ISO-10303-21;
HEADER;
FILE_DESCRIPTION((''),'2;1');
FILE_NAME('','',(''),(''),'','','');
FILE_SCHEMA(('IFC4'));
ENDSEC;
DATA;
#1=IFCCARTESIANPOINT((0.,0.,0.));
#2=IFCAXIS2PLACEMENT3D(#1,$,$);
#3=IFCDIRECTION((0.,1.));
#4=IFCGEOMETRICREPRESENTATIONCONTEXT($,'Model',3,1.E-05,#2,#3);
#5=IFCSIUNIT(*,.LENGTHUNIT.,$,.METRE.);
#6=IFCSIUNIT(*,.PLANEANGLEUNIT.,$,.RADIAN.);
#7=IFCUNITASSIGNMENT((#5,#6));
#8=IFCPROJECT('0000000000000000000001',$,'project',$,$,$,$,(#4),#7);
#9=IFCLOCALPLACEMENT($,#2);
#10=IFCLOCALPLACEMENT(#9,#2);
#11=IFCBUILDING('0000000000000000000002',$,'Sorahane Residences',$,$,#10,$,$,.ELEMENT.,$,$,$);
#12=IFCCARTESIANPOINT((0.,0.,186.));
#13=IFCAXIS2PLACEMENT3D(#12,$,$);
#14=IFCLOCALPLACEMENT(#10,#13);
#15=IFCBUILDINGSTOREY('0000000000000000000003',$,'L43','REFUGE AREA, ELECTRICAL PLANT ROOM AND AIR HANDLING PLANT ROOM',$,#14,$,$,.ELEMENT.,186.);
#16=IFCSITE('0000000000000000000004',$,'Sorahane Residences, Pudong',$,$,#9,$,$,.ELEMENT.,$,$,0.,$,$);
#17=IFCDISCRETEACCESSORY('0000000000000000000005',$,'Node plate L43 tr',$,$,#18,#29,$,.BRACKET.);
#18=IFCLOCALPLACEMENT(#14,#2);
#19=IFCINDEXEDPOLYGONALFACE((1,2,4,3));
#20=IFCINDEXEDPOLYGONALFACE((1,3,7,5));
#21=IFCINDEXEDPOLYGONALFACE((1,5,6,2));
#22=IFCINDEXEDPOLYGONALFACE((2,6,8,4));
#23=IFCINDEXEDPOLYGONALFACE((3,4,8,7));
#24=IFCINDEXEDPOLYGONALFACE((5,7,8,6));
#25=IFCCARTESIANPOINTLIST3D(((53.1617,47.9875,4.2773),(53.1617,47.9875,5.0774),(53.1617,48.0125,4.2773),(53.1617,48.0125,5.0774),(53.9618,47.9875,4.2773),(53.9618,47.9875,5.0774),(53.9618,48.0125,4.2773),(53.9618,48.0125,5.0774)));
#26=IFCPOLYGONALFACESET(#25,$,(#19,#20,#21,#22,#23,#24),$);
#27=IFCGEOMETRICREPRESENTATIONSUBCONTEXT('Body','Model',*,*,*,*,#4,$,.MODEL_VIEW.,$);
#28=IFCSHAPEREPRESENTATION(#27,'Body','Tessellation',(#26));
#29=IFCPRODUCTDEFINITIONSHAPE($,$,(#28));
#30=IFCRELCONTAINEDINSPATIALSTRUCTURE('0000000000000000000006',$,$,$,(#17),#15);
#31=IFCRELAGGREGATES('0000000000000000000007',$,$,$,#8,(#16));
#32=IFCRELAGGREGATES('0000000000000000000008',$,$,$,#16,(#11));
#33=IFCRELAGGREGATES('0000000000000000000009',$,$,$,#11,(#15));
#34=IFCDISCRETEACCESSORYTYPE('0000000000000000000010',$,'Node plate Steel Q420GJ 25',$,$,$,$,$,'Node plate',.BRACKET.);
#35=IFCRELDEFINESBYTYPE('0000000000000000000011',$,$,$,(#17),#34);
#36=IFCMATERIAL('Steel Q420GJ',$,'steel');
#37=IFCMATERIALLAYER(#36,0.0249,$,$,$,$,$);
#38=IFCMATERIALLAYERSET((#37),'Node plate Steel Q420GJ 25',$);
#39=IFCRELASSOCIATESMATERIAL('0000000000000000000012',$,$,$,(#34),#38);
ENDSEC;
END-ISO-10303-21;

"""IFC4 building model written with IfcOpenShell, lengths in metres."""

from ifc_helpers import new_model, si_unit, direction, frame, origin, origin_2d, place, context, subcontext, project, spatial, rectangle, extrude, material, layer, layer_set, type_object, element, save


model = new_model("IFC4")

# Units and contexts
model_context = context("Model", 3, precision=1e-05, world=origin(), true_north=direction((0.0, 1.0)))
body_context = subcontext(model_context, "Body", "Model", "MODEL_VIEW")
ifc_project = project(units=[si_unit("LENGTHUNIT", "METRE"), si_unit("PLANEANGLEUNIT", "RADIAN")], contexts=[model_context])

# Site, building, storey
site_placement = place(None, origin())
site = spatial("IfcSite", under=ifc_project, at=site_placement, Name="Sorahane Residences, Pudong", CompositionType="ELEMENT", RefElevation=0.0)
building_placement = place(site_placement, origin())
building = spatial("IfcBuilding", under=site, at=building_placement, Name="Sorahane Residences", CompositionType="ELEMENT")
storey_placement = place(building_placement, frame((0.0, 0.0, 186.0)))
storey = spatial("IfcBuildingStorey", under=building, at=storey_placement, Name="L43", Description="REFUGE AREA, ELECTRICAL PLANT ROOM AND AIR HANDLING PLANT ROOM", CompositionType="ELEMENT", Elevation=186.0)

# Discrete accessory
ifc_material_1 = material(Name="Steel Q420GJ", Category="steel")
ifc_layer_1 = layer(ifc_material_1, 0.0249)
ifc_layer_set_1 = layer_set([ifc_layer_1], Name="Node plate Steel Q420GJ 25")
discrete_accessory_type_1 = type_object("IfcDiscreteAccessoryType", Name="Node plate Steel Q420GJ 25", ElementType="Node plate", PredefinedType="BRACKET", material=ifc_layer_set_1)
discrete_accessory_1_placement = place(storey_placement, frame((53.5618, 48.0, 4.2773), z_axis=(0.0, 0.0, 1.0), x_axis=(1.0, 0.0, 0.0)))
element("IfcDiscreteAccessory", 1, at=discrete_accessory_1_placement, inside=storey, type_object=discrete_accessory_type_1, Name="Node plate L43 tr", PredefinedType="BRACKET", context=body_context, shape_type="SweptSolid", body=[
    extrude(rectangle(XDim=0.8, YDim=0.0249, at=origin_2d()), origin(), (0.0, 0.0, 1.0), 0.8),
])

save(model, "model.ifc")
